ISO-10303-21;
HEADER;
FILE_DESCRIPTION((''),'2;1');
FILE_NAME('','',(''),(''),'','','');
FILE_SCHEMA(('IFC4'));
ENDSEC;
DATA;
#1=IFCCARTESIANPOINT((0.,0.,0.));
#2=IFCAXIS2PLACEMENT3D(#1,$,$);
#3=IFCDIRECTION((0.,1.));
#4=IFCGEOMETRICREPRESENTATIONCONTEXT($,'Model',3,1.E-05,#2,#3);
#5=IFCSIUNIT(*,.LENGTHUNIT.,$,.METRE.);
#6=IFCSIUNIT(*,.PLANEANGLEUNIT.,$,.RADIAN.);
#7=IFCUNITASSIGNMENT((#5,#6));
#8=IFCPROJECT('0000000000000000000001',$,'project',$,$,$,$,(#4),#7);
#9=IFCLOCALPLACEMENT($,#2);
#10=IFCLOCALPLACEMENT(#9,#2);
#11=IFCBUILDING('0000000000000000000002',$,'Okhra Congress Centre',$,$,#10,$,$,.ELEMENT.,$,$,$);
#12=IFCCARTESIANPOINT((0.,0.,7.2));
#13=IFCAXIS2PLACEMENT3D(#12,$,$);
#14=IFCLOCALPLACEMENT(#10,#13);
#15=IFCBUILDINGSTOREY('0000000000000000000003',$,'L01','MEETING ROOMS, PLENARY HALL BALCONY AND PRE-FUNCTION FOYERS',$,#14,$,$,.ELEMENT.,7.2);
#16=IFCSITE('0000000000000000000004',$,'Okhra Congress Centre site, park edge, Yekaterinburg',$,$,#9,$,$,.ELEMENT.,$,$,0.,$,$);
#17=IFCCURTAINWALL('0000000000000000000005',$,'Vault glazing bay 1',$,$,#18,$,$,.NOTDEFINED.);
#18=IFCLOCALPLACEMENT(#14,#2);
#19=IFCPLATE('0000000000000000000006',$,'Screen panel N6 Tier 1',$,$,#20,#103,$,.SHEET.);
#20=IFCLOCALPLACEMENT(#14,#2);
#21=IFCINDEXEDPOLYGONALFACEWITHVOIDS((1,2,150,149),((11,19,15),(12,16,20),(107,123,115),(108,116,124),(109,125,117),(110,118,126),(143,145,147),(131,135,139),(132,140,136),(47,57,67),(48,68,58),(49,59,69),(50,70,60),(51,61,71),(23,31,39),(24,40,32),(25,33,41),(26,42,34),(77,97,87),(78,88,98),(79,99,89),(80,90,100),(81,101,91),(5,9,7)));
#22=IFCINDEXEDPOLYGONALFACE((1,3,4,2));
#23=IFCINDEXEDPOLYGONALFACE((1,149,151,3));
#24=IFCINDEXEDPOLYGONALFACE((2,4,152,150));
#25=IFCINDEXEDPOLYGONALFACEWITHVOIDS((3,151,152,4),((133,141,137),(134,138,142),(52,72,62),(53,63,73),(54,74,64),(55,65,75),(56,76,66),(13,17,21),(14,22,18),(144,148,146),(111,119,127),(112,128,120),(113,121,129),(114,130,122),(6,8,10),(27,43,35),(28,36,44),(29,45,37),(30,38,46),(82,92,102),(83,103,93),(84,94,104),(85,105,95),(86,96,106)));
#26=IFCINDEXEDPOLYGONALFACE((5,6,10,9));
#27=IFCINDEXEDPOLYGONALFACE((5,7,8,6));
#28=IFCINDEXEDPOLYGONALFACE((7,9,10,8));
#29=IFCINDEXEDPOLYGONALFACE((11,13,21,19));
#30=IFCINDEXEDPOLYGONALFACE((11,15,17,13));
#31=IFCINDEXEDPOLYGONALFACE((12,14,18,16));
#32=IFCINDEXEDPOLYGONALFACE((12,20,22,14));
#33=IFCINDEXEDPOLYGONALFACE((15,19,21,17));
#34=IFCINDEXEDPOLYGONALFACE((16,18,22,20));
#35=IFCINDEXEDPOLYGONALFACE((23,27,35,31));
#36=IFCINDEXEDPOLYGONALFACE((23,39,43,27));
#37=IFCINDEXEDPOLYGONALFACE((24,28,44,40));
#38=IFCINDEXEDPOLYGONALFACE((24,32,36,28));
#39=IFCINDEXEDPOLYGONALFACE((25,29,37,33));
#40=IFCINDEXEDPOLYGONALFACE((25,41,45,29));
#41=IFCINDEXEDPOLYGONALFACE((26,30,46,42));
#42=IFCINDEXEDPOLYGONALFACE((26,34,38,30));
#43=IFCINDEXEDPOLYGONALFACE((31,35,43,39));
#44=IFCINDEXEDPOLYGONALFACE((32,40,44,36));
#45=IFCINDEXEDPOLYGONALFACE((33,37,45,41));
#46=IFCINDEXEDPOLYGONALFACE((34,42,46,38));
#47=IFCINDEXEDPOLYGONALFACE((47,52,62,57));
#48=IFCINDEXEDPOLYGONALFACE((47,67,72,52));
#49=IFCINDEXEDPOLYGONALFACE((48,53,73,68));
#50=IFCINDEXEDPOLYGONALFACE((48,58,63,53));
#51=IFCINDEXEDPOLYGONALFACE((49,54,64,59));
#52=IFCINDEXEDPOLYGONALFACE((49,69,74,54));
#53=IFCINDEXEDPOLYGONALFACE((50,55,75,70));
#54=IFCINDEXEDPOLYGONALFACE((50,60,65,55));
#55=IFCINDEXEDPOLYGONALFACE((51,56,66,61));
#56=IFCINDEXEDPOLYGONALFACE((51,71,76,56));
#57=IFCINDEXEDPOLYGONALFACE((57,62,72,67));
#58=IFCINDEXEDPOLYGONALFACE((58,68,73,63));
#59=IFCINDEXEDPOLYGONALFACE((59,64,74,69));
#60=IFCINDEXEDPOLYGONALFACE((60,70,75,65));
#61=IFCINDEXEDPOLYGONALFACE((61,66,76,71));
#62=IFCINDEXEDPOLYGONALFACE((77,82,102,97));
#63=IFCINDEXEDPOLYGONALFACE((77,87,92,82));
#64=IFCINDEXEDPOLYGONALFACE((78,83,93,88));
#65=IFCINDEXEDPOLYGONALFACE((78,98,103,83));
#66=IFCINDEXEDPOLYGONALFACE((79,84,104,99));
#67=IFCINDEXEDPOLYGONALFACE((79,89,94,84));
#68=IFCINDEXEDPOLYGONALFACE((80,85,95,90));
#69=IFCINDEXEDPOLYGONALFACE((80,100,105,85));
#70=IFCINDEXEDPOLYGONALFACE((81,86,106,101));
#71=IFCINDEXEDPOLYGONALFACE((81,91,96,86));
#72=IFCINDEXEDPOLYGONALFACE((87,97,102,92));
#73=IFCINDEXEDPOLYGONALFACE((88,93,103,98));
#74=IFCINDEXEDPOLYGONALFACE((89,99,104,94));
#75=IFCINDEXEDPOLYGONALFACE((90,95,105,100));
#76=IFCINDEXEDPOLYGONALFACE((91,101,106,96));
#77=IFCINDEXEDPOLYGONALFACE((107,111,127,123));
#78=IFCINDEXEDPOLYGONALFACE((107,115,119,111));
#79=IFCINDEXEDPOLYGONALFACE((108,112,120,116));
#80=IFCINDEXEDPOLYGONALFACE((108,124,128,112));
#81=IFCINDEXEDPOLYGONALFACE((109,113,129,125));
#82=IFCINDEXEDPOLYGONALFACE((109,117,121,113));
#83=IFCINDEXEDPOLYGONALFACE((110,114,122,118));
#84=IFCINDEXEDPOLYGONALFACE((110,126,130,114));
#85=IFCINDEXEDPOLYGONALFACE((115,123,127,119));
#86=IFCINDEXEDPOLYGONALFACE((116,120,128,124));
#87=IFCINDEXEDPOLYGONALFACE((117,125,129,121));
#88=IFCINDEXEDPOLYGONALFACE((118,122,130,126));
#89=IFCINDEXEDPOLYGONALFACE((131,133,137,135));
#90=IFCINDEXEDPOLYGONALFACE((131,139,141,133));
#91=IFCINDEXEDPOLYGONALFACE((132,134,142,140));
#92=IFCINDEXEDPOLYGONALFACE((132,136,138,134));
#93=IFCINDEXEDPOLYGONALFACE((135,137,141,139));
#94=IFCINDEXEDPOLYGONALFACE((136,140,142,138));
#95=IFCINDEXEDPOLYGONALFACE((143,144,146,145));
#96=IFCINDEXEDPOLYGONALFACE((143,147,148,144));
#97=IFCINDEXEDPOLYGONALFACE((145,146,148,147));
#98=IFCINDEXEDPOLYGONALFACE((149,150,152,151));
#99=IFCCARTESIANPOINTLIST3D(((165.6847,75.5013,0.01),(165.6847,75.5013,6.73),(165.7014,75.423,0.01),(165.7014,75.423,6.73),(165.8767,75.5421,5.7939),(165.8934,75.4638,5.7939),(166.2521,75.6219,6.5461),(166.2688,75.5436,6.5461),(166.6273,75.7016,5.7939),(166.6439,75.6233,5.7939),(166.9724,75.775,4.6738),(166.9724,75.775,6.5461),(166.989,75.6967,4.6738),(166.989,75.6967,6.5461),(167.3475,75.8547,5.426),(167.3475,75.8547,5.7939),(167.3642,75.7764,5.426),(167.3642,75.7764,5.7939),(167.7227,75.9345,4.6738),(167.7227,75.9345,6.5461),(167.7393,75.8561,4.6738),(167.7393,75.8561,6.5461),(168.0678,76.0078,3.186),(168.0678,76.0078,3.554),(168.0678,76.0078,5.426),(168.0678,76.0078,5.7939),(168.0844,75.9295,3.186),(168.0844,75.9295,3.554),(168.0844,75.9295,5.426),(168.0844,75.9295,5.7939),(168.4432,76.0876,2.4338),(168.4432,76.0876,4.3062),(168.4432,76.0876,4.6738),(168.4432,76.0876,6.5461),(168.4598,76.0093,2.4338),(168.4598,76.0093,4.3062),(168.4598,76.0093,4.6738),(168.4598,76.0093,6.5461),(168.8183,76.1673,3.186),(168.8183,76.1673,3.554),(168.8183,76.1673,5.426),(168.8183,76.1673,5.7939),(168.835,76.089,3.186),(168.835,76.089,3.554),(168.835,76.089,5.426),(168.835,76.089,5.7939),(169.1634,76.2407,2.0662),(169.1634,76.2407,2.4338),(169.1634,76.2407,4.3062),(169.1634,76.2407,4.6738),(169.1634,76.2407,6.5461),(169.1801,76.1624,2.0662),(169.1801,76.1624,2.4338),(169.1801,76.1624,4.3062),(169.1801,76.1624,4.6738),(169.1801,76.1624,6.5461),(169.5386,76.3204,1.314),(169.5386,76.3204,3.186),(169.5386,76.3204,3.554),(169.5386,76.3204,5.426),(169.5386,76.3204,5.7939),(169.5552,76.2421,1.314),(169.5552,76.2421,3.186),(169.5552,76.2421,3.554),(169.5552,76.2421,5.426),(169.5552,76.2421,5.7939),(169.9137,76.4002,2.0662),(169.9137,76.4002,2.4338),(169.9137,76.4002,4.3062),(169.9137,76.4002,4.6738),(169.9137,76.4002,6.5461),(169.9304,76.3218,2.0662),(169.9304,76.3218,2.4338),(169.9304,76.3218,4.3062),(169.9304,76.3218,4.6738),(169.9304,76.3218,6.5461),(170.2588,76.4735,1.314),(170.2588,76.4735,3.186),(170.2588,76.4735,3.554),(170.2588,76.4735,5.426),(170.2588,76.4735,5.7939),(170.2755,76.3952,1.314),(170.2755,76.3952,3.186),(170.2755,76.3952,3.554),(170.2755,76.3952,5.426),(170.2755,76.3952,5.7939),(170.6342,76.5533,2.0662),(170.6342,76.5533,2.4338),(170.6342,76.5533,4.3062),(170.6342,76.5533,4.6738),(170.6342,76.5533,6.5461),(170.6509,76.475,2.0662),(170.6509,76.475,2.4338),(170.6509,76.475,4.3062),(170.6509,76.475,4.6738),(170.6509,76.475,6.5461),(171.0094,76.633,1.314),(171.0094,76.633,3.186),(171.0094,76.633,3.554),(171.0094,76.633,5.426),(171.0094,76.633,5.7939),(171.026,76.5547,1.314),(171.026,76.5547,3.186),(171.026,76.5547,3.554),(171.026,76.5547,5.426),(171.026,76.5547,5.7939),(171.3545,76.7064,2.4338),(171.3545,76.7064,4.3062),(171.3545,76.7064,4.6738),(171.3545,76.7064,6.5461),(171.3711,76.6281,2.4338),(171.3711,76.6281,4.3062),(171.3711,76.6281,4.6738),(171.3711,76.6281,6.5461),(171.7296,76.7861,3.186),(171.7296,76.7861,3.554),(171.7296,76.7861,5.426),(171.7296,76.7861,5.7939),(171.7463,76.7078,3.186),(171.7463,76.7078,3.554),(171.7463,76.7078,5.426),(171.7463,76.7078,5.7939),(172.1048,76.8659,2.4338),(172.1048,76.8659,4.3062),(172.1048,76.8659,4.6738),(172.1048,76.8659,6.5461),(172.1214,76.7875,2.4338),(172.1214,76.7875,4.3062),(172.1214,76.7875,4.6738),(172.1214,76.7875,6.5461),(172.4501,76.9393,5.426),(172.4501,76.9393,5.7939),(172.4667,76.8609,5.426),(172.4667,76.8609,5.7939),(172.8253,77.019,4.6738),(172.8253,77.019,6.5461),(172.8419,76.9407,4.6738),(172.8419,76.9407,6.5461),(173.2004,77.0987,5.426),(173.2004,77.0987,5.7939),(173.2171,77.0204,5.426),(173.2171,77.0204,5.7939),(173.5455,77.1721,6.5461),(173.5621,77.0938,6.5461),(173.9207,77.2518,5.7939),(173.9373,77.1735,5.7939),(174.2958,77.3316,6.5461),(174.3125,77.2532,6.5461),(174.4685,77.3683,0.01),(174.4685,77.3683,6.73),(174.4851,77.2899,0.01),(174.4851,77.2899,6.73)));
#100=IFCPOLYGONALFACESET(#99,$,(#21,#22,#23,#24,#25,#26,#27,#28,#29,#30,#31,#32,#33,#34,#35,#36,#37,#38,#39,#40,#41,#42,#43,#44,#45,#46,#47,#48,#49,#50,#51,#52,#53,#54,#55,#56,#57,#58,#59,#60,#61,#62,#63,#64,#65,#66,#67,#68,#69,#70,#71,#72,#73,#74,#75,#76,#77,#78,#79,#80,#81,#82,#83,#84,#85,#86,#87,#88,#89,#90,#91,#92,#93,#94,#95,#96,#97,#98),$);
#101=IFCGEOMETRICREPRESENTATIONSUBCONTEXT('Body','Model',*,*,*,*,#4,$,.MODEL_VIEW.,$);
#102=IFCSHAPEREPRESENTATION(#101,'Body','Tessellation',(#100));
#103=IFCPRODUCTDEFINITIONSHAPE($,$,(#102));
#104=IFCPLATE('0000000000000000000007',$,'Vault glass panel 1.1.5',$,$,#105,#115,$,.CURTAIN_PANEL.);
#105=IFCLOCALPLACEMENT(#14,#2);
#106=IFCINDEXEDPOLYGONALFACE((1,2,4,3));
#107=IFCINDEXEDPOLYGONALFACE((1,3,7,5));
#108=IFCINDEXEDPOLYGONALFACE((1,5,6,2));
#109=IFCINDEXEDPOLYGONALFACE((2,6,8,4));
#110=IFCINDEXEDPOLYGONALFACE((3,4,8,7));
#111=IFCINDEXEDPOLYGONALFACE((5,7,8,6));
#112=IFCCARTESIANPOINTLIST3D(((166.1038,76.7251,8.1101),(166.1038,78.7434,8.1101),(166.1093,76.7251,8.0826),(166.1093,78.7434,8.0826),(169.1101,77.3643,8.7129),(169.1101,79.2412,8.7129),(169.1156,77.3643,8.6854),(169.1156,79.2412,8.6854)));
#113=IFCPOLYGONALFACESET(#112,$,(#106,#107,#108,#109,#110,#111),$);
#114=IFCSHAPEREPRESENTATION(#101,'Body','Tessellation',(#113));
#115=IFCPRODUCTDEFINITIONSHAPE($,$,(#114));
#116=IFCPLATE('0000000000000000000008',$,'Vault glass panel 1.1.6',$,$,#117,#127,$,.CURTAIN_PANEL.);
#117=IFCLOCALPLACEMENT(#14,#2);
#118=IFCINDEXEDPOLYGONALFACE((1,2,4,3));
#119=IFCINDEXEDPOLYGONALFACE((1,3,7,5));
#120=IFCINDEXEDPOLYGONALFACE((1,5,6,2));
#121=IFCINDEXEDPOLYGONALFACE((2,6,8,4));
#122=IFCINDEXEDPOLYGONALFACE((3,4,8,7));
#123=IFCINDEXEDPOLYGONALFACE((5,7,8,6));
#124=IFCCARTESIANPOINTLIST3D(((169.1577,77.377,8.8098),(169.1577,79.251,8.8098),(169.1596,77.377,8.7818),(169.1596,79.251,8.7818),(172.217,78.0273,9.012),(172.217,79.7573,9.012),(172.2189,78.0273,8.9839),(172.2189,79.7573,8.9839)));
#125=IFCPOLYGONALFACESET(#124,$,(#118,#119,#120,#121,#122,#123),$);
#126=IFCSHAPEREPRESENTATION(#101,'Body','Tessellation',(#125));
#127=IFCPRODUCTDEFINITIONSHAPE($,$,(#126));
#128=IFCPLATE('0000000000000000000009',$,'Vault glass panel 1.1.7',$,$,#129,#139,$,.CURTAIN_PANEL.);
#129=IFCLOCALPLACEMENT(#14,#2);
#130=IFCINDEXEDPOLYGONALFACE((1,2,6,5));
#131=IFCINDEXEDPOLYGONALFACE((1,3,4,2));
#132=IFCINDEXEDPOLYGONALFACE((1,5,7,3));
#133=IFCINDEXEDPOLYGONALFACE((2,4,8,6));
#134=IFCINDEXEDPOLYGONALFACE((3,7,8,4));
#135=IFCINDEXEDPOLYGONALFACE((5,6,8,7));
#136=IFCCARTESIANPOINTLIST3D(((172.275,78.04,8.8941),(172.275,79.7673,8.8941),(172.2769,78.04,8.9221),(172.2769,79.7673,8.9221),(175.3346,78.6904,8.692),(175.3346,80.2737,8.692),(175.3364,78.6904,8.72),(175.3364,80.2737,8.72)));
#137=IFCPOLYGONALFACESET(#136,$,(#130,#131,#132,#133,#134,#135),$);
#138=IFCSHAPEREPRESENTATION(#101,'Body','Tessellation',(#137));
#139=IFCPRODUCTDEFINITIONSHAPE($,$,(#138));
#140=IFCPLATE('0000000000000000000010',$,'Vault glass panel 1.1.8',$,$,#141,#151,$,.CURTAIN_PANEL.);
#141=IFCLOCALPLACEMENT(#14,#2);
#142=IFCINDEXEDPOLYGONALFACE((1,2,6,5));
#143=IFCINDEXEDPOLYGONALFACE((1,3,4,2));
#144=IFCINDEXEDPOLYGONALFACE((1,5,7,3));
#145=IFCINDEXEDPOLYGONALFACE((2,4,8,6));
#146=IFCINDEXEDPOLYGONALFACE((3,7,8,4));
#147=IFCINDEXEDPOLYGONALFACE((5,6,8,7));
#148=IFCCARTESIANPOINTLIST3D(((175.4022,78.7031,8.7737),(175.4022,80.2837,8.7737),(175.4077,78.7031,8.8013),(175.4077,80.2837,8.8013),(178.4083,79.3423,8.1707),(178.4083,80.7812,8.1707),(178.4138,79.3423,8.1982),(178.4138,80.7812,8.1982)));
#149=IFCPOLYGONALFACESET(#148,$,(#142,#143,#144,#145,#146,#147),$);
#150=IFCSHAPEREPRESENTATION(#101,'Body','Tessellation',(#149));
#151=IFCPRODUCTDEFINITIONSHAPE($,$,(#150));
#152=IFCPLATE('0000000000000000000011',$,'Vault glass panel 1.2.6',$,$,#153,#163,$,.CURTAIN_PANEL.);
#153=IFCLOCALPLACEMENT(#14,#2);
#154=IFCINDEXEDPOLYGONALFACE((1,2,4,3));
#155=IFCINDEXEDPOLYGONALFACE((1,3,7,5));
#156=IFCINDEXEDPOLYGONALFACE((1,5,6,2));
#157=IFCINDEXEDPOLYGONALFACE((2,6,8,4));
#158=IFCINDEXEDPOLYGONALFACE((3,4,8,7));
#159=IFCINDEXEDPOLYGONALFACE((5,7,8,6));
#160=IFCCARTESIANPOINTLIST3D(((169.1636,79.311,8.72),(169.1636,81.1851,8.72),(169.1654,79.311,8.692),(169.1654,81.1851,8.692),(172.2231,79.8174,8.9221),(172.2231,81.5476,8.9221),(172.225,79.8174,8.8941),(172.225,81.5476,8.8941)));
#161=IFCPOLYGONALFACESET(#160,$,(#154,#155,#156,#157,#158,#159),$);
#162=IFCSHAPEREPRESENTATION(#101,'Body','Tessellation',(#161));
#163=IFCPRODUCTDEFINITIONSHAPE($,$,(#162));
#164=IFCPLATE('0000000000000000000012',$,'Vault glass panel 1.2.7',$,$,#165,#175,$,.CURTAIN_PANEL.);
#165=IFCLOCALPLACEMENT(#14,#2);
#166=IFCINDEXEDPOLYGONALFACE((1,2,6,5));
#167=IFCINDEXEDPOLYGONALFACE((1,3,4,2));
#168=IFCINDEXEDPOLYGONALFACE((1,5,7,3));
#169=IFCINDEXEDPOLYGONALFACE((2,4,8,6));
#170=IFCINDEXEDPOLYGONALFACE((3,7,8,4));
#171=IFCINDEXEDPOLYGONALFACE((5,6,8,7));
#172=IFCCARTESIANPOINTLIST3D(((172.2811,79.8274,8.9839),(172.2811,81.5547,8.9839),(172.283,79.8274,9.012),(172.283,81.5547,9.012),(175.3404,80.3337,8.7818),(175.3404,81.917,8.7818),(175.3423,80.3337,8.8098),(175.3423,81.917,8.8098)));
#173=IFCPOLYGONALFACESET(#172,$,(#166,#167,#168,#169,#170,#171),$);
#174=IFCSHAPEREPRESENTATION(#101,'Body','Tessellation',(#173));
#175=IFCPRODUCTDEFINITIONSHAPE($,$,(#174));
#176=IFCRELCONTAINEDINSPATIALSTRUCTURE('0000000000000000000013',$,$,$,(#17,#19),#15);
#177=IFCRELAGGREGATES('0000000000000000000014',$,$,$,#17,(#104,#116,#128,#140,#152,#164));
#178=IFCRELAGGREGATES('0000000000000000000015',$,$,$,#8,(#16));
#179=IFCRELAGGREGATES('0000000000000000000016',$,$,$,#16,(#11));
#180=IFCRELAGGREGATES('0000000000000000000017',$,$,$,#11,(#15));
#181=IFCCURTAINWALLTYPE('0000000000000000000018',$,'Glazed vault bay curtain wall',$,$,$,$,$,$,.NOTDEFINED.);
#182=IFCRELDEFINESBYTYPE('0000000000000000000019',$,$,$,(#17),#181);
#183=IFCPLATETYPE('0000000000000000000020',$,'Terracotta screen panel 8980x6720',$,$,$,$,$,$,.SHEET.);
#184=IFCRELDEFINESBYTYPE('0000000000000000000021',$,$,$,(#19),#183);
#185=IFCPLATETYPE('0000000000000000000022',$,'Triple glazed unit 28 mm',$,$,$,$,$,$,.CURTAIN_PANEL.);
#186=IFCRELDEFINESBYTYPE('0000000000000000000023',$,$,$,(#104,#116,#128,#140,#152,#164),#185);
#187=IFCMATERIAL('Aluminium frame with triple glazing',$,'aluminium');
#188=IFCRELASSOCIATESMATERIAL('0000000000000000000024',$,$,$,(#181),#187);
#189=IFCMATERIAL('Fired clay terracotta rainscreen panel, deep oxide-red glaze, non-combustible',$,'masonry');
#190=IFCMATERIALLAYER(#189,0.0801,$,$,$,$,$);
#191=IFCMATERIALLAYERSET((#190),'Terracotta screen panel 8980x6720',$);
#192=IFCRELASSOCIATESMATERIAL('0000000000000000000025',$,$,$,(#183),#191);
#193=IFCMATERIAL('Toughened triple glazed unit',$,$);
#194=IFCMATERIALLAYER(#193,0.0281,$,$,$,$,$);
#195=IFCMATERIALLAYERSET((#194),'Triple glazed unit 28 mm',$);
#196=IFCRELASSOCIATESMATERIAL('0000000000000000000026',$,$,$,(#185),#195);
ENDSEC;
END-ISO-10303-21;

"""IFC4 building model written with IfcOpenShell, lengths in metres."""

from ifc_helpers import new_model, si_unit, direction, frame, origin, place, context, subcontext, project, spatial, polyline, outline, extrude, material, layer, layer_set, type_object, element, aggregate, save


model = new_model("IFC4")

# Units and contexts
model_context = context("Model", 3, precision=1e-05, world=origin(), true_north=direction((0.0, 1.0)))
body_context = subcontext(model_context, "Body", "Model", "MODEL_VIEW")
ifc_project = project(units=[si_unit("LENGTHUNIT", "METRE"), si_unit("PLANEANGLEUNIT", "RADIAN")], contexts=[model_context])

# Site, building, storey
site_placement = place(None, origin())
site = spatial("IfcSite", under=ifc_project, at=site_placement, Name="Okhra Congress Centre site, park edge, Yekaterinburg", CompositionType="ELEMENT", RefElevation=0.0)
building_placement = place(site_placement, origin())
building = spatial("IfcBuilding", under=site, at=building_placement, Name="Okhra Congress Centre", CompositionType="ELEMENT")
storey_placement = place(building_placement, frame((0.0, 0.0, 7.2)))
storey = spatial("IfcBuildingStorey", under=building, at=storey_placement, Name="L01", Description="MEETING ROOMS, PLENARY HALL BALCONY AND PRE-FUNCTION FOYERS", CompositionType="ELEMENT", Elevation=7.2)

# Curtain wall
ifc_material_1 = material(Name="Aluminium frame with triple glazing", Category="aluminium")
curtain_wall_type = type_object("IfcCurtainWallType", Name="Glazed vault bay curtain wall", PredefinedType="NOTDEFINED", material=ifc_material_1)
curtain_wall_1_placement = place(storey_placement, origin())
curtain_wall_1 = element("IfcCurtainWall", 1, at=curtain_wall_1_placement, inside=storey, type_object=curtain_wall_type, Name="Vault glazing bay 1", PredefinedType="NOTDEFINED")

# Plates
ifc_material_2 = material(Name="Fired clay terracotta rainscreen panel, deep oxide-red glaze, non-combustible", Category="masonry")
ifc_layer_1 = layer(ifc_material_2, 0.0801)
ifc_layer_set_1 = layer_set([ifc_layer_1], Name="Terracotta screen panel 8980x6720")
plate_type_1 = type_object("IfcPlateType", Name="Terracotta screen panel 8980x6720", PredefinedType="SHEET", material=ifc_layer_set_1)
plate_1_placement = place(storey_placement, frame((174.4768, 77.3291, 0.01), z_axis=(0.0, 0.0, 1.0), x_axis=(-0.97815, -0.207902, 0.0)))
element("IfcPlate", 2, at=plate_1_placement, inside=storey, type_object=plate_type_1, Name="Screen panel N6 Tier 1", PredefinedType="SHEET", context=body_context, shape_type="SweptSolid", body=[
    extrude(outline(polyline([(0.0, 0.0), (8.98, 0.0), (8.98, 6.72), (0.0, 6.72), (0.0, 0.0)]), holes=[polyline([(3.5364, 1.304), (4.3037, 1.304), (3.9199, 2.0562), (3.5364, 1.304)]), polyline([(4.6565, 2.0562), (5.04, 1.304), (5.4236, 2.0562), (4.6565, 2.0562)]), polyline([(2.4165, 2.4238), (3.1836, 2.4238), (2.8, 3.176), (2.4165, 2.4238)]), polyline([(3.5364, 3.176), (3.9199, 2.4238), (4.3037, 3.176), (3.5364, 3.176)]), polyline([(4.6565, 2.4238), (5.4236, 2.4238), (5.04, 3.176), (4.6565, 2.4238)]), polyline([(5.7764, 3.176), (6.1599, 2.4238), (6.5437, 3.176), (5.7764, 3.176)]), polyline([(2.4165, 4.2961), (2.8, 3.5439), (3.1836, 4.2961), (2.4165, 4.2961)]), polyline([(3.5364, 3.5439), (4.3037, 3.5439), (3.9199, 4.2961), (3.5364, 3.5439)]), polyline([(4.6565, 4.2961), (5.04, 3.5439), (5.4236, 4.2961), (4.6565, 4.2961)]), polyline([(5.7764, 3.5439), (6.5437, 3.5439), (6.1599, 4.2961), (5.7764, 3.5439)]), polyline([(1.2964, 5.416), (1.6799, 4.6638), (2.0635, 5.416), (1.2964, 5.416)]), polyline([(2.4165, 4.6638), (3.1836, 4.6638), (2.8, 5.416), (2.4165, 4.6638)]), polyline([(3.5364, 5.416), (3.9199, 4.6638), (4.3037, 5.416), (3.5364, 5.416)]), polyline([(4.6565, 4.6638), (5.4236, 4.6638), (5.04, 5.416), (4.6565, 4.6638)]), polyline([(5.7764, 5.416), (6.1599, 4.6638), (6.5437, 5.416), (5.7764, 5.416)]), polyline([(6.8965, 4.6638), (7.6636, 4.6638), (7.28, 5.416), (6.8965, 4.6638)]), polyline([(0.1765, 6.5361), (0.5601, 5.7839), (0.9436, 6.5361), (0.1765, 6.5361)]), polyline([(1.2964, 5.7839), (2.0635, 5.7839), (1.6799, 6.5361), (1.2964, 5.7839)]), polyline([(2.4165, 6.5361), (2.8, 5.7839), (3.1836, 6.5361), (2.4165, 6.5361)]), polyline([(3.5364, 5.7839), (4.3037, 5.7839), (3.9199, 6.5361), (3.5364, 5.7839)]), polyline([(4.6565, 6.5361), (5.04, 5.7839), (5.4236, 6.5361), (4.6565, 6.5361)]), polyline([(5.7764, 5.7839), (6.5437, 5.7839), (6.1599, 6.5361), (5.7764, 5.7839)]), polyline([(6.8965, 6.5361), (7.28, 5.7839), (7.6636, 6.5361), (6.8965, 6.5361)]), polyline([(8.0164, 5.7839), (8.7837, 5.7839), (8.3999, 6.5361), (8.0164, 5.7839)])]), frame((0.0, 0.04, 0.0), z_axis=(0.0, -1.0, 0.0), x_axis=(1.0, 0.0, 0.0)), (0.0, 0.0, 1.0), 0.0801),
])
ifc_material_3 = material(Name="Toughened triple glazed unit")
ifc_layer_2 = layer(ifc_material_3, 0.0281)
ifc_layer_set_2 = layer_set([ifc_layer_2], Name="Triple glazed unit 28 mm")
plate_type_2 = type_object("IfcPlateType", Name="Triple glazed unit 28 mm", PredefinedType="CURTAIN_PANEL", material=ifc_layer_set_2)
plate_2_placement = place(storey_placement, frame((166.1038, 76.7251, 8.1101), z_axis=(-0.196591, 0.0, 0.980486), x_axis=(0.959853, 0.204068, 0.192454)))
plate_2 = element("IfcPlate", 3, at=plate_2_placement, type_object=plate_type_2, Name="Vault glass panel 1.1.5", PredefinedType="CURTAIN_PANEL", context=body_context, shape_type="SweptSolid", body=[
    extrude(outline(polyline([(0.0, 0.0), (3.1321, 0.0), (3.5151, 1.8375), (0.4119, 1.9758), (0.0, 0.0)])), origin(), (0.0, 0.0, -1.0), 0.0281),
])
plate_3_placement = place(storey_placement, frame((169.1577, 77.377, 8.8098), z_axis=(-0.065932, 0.0, 0.997824), x_axis=(0.976104, 0.207513, 0.064497)))
plate_3 = element("IfcPlate", 4, at=plate_3_placement, type_object=plate_type_2, Name="Vault glass panel 1.1.6", PredefinedType="CURTAIN_PANEL", context=body_context, shape_type="SweptSolid", body=[
    extrude(outline(polyline([(0.0, 0.0), (3.1342, 0.0), (3.4932, 1.6923), (0.3889, 1.8332), (0.0, 0.0)])), origin(), (0.0, 0.0, -1.0), 0.0281),
])
plate_4_placement = place(storey_placement, frame((172.2769, 78.04, 8.9221), z_axis=(0.065927, 0.0, 0.997824), x_axis=(0.976107, 0.207497, -0.064492)))
plate_4 = element("IfcPlate", 5, at=plate_4_placement, type_object=plate_type_2, Name="Vault glass panel 1.1.7", PredefinedType="CURTAIN_PANEL", context=body_context, shape_type="SweptSolid", body=[
    extrude(outline(polyline([(0.0, 0.0), (3.1345, 0.0), (3.463, 1.5488), (0.3584, 1.6897), (0.0, 0.0)])), origin(), (0.0, 0.0, -1.0), 0.0281),
])
plate_5_placement = place(storey_placement, frame((175.4077, 78.7031, 8.8013), z_axis=(0.196683, 0.0, 0.980467), x_axis=(0.959832, 0.20408, -0.192543)))
plate_5 = element("IfcPlate", 6, at=plate_5_placement, type_object=plate_type_2, Name="Vault glass panel 1.1.8", PredefinedType="CURTAIN_PANEL", context=body_context, shape_type="SweptSolid", body=[
    extrude(outline(polyline([(0.0, 0.0), (3.1319, 0.0), (3.4256, 1.4087), (0.3226, 1.5473), (0.0, 0.0)])), origin(), (0.0, 0.0, -1.0), 0.0281),
])
plate_6_placement = place(storey_placement, frame((169.1636, 79.311, 8.72), z_axis=(-0.065927, 0.0, 0.997824), x_axis=(0.984491, 0.16293, 0.065046)))
plate_6 = element("IfcPlate", 7, at=plate_6_placement, type_object=plate_type_2, Name="Vault glass panel 1.2.6", PredefinedType="CURTAIN_PANEL", context=body_context, shape_type="SweptSolid", body=[
    extrude(outline(polyline([(0.0, 0.0), (3.1078, 0.0), (3.3897, 1.7071), (0.3053, 1.849), (0.0, 0.0)])), origin(), (0.0, 0.0, -1.0), 0.0281),
])
plate_7_placement = place(storey_placement, frame((172.283, 79.8274, 9.012), z_axis=(0.065932, 0.0, 0.997824), x_axis=(0.984489, 0.162942, -0.065051)))
plate_7 = element("IfcPlate", 8, at=plate_7_placement, type_object=plate_type_2, Name="Vault glass panel 1.2.7", PredefinedType="CURTAIN_PANEL", context=body_context, shape_type="SweptSolid", body=[
    extrude(outline(polyline([(0.0, 0.0), (3.1075, 0.0), (3.3655, 1.5621), (0.2814, 1.7042), (0.0, 0.0)])), origin(), (0.0, 0.0, -1.0), 0.0281),
])
aggregate(curtain_wall_1, [plate_2, plate_3, plate_4, plate_5, plate_6, plate_7])

save(model, "model.ifc")
